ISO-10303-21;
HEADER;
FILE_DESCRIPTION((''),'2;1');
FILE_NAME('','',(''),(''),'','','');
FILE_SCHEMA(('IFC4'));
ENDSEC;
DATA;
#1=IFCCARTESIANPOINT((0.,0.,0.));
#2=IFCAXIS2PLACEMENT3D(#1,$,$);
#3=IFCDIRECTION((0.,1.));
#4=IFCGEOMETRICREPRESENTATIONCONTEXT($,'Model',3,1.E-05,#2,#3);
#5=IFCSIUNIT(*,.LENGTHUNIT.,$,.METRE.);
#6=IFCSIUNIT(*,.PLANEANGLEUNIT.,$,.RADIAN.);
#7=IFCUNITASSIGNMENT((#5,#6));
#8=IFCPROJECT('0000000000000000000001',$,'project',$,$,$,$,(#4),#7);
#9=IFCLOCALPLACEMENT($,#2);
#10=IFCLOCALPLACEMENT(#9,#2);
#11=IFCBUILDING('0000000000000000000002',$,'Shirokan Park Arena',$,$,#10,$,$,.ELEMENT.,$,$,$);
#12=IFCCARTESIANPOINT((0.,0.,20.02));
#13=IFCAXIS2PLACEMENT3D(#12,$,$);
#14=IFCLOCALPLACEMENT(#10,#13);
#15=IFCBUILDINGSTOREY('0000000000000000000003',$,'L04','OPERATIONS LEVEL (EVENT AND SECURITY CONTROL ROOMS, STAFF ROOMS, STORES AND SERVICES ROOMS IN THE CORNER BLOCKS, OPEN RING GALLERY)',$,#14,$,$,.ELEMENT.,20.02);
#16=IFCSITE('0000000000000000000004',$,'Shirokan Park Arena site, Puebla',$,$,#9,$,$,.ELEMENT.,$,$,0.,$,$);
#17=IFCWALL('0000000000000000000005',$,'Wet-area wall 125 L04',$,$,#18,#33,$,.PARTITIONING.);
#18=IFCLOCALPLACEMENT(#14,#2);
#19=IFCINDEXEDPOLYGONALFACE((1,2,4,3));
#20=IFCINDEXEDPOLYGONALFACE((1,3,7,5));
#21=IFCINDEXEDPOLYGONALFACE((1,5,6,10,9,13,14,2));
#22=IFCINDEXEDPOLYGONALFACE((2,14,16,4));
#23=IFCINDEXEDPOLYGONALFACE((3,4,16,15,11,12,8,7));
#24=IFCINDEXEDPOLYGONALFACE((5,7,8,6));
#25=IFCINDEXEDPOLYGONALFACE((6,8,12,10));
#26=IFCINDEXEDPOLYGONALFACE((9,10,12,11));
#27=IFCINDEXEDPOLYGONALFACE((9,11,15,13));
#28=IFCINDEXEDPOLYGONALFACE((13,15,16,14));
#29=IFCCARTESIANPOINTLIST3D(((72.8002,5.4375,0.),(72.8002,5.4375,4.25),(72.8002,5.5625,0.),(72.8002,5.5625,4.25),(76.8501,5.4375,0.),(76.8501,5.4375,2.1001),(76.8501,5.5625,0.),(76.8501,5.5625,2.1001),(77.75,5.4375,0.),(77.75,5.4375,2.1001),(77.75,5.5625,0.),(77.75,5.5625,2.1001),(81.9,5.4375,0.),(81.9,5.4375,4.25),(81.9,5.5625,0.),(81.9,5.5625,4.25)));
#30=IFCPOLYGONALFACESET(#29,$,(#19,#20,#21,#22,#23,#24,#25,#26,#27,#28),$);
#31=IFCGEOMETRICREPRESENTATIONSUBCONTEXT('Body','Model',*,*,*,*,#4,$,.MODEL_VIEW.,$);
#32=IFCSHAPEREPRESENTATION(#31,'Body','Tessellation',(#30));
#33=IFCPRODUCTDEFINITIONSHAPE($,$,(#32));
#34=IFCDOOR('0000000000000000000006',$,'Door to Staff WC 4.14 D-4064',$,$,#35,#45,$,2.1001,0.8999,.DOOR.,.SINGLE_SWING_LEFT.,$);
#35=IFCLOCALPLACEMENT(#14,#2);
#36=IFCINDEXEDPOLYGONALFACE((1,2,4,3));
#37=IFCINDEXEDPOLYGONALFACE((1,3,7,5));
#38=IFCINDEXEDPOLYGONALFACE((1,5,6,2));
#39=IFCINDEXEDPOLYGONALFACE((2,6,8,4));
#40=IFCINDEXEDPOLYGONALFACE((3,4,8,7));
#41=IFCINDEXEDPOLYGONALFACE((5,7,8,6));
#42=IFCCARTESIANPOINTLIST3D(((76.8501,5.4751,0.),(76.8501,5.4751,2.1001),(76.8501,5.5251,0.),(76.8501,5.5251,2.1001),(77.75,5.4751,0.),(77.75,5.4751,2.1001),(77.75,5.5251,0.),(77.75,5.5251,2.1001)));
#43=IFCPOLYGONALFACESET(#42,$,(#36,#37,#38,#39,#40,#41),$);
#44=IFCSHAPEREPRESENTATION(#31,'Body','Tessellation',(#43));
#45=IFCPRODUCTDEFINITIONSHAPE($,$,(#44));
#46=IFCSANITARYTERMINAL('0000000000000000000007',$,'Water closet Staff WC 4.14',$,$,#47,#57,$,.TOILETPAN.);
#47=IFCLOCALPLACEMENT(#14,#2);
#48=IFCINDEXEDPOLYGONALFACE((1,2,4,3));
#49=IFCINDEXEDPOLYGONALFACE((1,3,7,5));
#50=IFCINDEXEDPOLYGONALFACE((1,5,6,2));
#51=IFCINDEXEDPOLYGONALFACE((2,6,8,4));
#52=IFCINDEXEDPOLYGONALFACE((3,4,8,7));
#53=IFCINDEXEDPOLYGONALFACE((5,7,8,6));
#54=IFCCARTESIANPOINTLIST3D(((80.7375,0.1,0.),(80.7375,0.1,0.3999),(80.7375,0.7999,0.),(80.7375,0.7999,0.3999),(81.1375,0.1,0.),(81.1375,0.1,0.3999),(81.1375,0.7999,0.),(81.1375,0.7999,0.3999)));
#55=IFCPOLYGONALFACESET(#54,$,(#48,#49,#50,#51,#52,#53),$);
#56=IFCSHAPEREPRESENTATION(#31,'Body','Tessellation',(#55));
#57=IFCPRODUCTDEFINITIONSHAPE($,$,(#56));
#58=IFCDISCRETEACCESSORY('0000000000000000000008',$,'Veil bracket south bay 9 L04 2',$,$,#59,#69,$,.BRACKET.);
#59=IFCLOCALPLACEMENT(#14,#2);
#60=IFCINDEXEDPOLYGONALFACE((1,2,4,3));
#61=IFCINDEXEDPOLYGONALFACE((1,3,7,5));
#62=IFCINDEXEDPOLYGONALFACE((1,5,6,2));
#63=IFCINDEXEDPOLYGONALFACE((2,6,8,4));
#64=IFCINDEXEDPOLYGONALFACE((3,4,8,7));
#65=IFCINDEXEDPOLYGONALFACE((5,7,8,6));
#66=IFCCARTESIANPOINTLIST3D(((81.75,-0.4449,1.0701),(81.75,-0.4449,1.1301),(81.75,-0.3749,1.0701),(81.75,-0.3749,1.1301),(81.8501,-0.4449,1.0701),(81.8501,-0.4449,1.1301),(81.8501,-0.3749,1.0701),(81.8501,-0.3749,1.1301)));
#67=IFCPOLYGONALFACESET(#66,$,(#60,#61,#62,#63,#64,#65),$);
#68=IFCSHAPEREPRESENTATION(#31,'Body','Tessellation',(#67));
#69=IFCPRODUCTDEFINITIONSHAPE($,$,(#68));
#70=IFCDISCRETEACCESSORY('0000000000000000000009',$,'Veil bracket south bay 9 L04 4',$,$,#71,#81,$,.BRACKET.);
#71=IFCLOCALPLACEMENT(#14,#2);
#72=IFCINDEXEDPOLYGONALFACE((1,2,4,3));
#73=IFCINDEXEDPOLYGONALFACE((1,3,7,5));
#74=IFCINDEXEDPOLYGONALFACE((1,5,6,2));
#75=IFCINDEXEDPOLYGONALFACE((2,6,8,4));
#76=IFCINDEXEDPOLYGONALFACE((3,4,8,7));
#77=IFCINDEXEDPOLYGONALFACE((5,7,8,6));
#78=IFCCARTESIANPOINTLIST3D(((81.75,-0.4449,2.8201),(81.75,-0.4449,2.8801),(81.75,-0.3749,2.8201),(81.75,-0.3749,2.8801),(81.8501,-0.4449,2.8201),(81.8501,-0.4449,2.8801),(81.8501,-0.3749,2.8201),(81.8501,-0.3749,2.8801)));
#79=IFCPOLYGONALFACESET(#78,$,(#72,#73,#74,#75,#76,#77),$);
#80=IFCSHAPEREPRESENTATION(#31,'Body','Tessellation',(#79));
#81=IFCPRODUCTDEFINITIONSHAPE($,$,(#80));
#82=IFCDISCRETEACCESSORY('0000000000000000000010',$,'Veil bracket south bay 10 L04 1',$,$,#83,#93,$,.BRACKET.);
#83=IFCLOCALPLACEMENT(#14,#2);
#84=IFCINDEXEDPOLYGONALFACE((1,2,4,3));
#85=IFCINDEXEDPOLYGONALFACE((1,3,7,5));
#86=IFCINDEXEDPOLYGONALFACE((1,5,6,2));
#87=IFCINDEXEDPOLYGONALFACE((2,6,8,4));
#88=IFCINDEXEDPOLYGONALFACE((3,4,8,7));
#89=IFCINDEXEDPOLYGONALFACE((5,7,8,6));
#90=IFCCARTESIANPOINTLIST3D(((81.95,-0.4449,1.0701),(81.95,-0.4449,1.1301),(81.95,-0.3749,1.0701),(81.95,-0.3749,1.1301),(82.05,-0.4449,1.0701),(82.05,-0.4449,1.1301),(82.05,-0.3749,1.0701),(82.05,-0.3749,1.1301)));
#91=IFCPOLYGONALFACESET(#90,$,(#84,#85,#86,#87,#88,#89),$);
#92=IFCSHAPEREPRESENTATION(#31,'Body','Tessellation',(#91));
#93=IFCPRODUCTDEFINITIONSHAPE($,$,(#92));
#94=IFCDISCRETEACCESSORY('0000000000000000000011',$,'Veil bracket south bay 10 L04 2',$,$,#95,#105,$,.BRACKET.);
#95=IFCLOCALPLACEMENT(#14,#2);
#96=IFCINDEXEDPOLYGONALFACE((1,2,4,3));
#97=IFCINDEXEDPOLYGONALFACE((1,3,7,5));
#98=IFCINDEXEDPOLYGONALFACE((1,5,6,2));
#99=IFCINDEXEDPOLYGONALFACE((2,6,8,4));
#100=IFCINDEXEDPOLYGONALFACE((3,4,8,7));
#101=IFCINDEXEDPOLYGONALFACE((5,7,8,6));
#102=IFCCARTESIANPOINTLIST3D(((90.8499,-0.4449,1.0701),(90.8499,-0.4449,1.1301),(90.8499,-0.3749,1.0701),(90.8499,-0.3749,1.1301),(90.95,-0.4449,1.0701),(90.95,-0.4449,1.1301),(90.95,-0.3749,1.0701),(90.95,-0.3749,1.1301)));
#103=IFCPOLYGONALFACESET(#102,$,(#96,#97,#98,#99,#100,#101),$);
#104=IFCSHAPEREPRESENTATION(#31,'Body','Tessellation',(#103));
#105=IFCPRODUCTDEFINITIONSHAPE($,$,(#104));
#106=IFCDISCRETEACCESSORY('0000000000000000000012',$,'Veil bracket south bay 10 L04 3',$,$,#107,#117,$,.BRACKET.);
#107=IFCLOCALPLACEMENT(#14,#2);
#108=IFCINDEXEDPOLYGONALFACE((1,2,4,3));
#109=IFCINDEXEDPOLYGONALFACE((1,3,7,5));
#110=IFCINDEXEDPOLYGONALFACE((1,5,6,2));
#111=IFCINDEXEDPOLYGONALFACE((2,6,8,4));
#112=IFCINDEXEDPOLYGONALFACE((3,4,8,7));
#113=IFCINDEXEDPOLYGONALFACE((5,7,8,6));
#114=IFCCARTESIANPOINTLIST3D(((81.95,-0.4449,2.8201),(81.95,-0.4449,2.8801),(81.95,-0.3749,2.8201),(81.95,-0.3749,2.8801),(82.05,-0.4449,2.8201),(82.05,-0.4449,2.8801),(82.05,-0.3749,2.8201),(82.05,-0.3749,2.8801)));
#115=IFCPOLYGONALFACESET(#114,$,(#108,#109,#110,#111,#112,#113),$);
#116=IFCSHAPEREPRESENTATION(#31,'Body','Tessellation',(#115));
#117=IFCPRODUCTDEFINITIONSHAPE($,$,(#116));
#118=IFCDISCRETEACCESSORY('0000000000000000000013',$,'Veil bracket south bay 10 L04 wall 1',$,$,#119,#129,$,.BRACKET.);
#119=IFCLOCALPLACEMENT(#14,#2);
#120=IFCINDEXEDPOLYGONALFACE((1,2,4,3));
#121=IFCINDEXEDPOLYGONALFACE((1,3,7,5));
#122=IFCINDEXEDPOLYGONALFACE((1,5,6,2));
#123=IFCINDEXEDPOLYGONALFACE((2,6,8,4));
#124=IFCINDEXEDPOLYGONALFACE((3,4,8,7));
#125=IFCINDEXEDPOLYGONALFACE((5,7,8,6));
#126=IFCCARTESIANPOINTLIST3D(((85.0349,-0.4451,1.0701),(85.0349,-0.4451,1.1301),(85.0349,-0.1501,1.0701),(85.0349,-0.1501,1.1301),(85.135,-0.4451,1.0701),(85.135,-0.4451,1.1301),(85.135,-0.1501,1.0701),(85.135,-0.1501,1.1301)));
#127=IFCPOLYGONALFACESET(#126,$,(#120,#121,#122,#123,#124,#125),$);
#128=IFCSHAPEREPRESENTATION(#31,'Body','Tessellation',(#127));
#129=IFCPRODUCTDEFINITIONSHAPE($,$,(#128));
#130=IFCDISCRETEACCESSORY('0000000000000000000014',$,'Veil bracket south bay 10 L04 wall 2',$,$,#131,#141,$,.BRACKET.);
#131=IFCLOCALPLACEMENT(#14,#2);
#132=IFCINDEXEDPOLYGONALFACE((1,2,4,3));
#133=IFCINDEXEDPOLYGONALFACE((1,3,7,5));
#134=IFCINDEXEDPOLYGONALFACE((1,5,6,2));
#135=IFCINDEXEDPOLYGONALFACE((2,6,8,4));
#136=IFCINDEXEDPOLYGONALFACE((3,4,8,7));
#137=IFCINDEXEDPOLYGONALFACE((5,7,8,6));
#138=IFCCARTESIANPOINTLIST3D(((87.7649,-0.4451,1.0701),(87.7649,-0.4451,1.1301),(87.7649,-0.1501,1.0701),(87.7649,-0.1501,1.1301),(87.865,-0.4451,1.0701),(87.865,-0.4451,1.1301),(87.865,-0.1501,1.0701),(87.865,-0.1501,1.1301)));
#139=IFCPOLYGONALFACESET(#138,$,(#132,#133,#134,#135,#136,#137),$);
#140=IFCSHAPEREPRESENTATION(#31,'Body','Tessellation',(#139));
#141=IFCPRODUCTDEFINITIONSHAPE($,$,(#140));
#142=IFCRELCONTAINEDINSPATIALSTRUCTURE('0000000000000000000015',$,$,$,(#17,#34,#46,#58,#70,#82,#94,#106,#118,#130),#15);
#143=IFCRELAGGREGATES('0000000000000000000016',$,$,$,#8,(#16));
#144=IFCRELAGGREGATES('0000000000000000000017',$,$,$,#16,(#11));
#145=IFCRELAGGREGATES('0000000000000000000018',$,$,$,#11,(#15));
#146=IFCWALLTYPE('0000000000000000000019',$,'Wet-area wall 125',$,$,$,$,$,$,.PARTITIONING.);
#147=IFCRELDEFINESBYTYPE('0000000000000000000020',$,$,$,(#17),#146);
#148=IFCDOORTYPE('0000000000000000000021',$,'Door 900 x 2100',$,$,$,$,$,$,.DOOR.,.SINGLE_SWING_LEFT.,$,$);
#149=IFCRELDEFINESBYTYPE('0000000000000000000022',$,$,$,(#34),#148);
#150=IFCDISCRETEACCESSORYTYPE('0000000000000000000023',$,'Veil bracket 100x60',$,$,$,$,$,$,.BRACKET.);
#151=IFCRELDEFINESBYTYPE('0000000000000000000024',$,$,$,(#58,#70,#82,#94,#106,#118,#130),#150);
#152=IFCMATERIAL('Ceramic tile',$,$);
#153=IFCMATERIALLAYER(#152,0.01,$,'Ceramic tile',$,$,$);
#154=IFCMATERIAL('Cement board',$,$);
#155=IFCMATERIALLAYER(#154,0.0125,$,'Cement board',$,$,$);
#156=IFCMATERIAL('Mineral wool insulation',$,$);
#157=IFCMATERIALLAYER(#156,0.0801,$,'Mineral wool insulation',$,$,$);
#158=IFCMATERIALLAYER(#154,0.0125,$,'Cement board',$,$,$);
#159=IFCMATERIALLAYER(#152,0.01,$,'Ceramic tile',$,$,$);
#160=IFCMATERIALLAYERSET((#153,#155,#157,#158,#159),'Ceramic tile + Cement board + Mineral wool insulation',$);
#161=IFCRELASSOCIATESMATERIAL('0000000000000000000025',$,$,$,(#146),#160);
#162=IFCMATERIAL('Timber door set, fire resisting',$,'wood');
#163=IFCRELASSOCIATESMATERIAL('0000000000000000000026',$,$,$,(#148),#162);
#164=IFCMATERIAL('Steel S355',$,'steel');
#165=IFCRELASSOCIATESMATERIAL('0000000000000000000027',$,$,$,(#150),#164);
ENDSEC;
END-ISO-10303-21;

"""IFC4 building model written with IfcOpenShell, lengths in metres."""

from ifc_helpers import new_model, si_unit, direction, frame, frame_2d, origin, origin_2d, place, context, subcontext, project, spatial, rectangle, extrude, material, layer, layer_set, type_object, element, fill, save


model = new_model("IFC4")

# Units and contexts
model_context = context("Model", 3, precision=1e-05, world=origin(), true_north=direction((0.0, 1.0)))
body_context = subcontext(model_context, "Body", "Model", "MODEL_VIEW")
ifc_project = project(units=[si_unit("LENGTHUNIT", "METRE"), si_unit("PLANEANGLEUNIT", "RADIAN")], contexts=[model_context])

# Site, building, storey
site_placement = place(None, origin())
site = spatial("IfcSite", under=ifc_project, at=site_placement, Name="Shirokan Park Arena site, Puebla", CompositionType="ELEMENT", RefElevation=0.0)
building_placement = place(site_placement, origin())
building = spatial("IfcBuilding", under=site, at=building_placement, Name="Shirokan Park Arena", CompositionType="ELEMENT")
storey_placement = place(building_placement, frame((0.0, 0.0, 20.02)))
storey = spatial("IfcBuildingStorey", under=building, at=storey_placement, Name="L04", Description="OPERATIONS LEVEL (EVENT AND SECURITY CONTROL ROOMS, STAFF ROOMS, STORES AND SERVICES ROOMS IN THE CORNER BLOCKS, OPEN RING GALLERY)", CompositionType="ELEMENT", Elevation=20.02)

# Shared definitions
ifc_material_1 = material(Name="Steel S355", Category="steel")

# Shared definitions
ifc_material_2 = material(Name="Mineral wool insulation")

# Shared definitions
ifc_material_3 = material(Name="Ceramic tile")
ifc_layer_1 = layer(ifc_material_3, 0.01, Name="Ceramic tile")
ifc_material_4 = material(Name="Cement board")
ifc_layer_2 = layer(ifc_material_4, 0.0125, Name="Cement board")
ifc_layer_3 = layer(ifc_material_2, 0.0801, Name="Mineral wool insulation")
ifc_layer_4 = layer(ifc_material_4, 0.0125, Name="Cement board")
ifc_layer_5 = layer(ifc_material_3, 0.01, Name="Ceramic tile")
ifc_layer_set_1 = layer_set([ifc_layer_1, ifc_layer_2, ifc_layer_3, ifc_layer_4, ifc_layer_5], Name="Ceramic tile + Cement board + Mineral wool insulation")
wall_type_1 = type_object("IfcWallType", Name="Wet-area wall 125", PredefinedType="PARTITIONING", material=ifc_layer_set_1)

# Wall, opening, door
wall_1_placement = place(storey_placement, frame((81.8999, 5.5, 0.0), z_axis=(0.0, 0.0, 1.0), x_axis=(-1.0, 0.0, 0.0)))
wall_1 = element("IfcWall", 1, at=wall_1_placement, inside=storey, type_object=wall_type_1, Name="Wet-area wall 125 L04", PredefinedType="PARTITIONING", context=body_context, shape_type="SweptSolid", body=[
    extrude(rectangle(XDim=9.0999, YDim=0.125, at=frame_2d((4.5498, 0.0))), origin(), (0.0, 0.0, 1.0), 4.25),
])
opening_placement = place(wall_1_placement, frame((4.1499, 0.0, 0.0)))
opening = element("IfcOpeningElement", 2, at=opening_placement, cuts=wall_1, PredefinedType="OPENING", context=body_context, shape_type="SweptSolid", body=[
    extrude(rectangle(XDim=0.8999, YDim=2.1001, at=frame_2d((0.45, 1.05))), frame((0.0, 0.0725, 0.0), z_axis=(0.0, -1.0, 0.0), x_axis=(1.0, 0.0, 0.0)), (0.0, 0.0, 1.0), 0.145),
])
ifc_material_5 = material(Name="Timber door set, fire resisting", Category="wood")
door_type = type_object("IfcDoorType", Name="Door 900 x 2100", OperationType="SINGLE_SWING_LEFT", PredefinedType="DOOR", material=ifc_material_5)
door_placement = place(opening_placement, origin())
door = element("IfcDoor", 3, at=door_placement, inside=storey, type_object=door_type, Name="Door to Staff WC 4.14 D-4064", OperationType="SINGLE_SWING_LEFT", OverallHeight=2.1001, OverallWidth=0.8999, PredefinedType="DOOR", context=body_context, shape_type="SweptSolid", body=[
    extrude(rectangle(XDim=0.8999, YDim=2.1001, at=frame_2d((0.45, 1.05))), frame((0.0, 0.0249, 0.0), z_axis=(0.0, -1.0, 0.0), x_axis=(1.0, 0.0, 0.0)), (0.0, 0.0, 1.0), 0.05),
])
fill(opening, door)

# Sanitary terminal
sanitary_terminal_placement = place(storey_placement, frame((80.9375, 0.45, 0.0), z_axis=(0.0, 0.0, 1.0), x_axis=(1.0, 0.0, 0.0)))
element("IfcSanitaryTerminal", 4, at=sanitary_terminal_placement, inside=storey, Name="Water closet Staff WC 4.14", PredefinedType="TOILETPAN", context=body_context, shape_type="SweptSolid", body=[
    extrude(rectangle(XDim=0.3999, YDim=0.7, at=origin_2d()), origin(), (0.0, 0.0, 1.0), 0.3999),
])

# Discrete accessories
discrete_accessory_type = type_object("IfcDiscreteAccessoryType", Name="Veil bracket 100x60", PredefinedType="BRACKET", material=ifc_material_1)
for number, where, z_axis, x_axis, name in (
    (5, (81.8, -0.4099, 1.0701), (0.0, 0.0, 1.0), (1.0, 0.0, 0.0), "Veil bracket south bay 9 L04 2"),
    (6, (81.8, -0.4099, 2.8201), (0.0, 0.0, 1.0), (1.0, 0.0, 0.0), "Veil bracket south bay 9 L04 4"),
    (7, (82.0, -0.4099, 1.0701), (0.0, 0.0, 1.0), (1.0, 0.0, 0.0), "Veil bracket south bay 10 L04 1"),
    (8, (90.8999, -0.4099, 1.0701), (0.0, 0.0, 1.0), (1.0, 0.0, 0.0), "Veil bracket south bay 10 L04 2"),
    (9, (82.0, -0.4099, 2.8201), (0.0, 0.0, 1.0), (1.0, 0.0, 0.0), "Veil bracket south bay 10 L04 3"),
):
    element("IfcDiscreteAccessory", number, at=place(storey_placement, frame(where, z_axis=z_axis, x_axis=x_axis)), inside=storey, type_object=discrete_accessory_type, Name=name, PredefinedType="BRACKET", context=body_context, shape_type="SweptSolid", body=[
        extrude(rectangle(XDim=0.1001, YDim=0.0701, at=origin_2d()), origin(), (0.0, 0.0, 1.0), 0.0601),
    ])
for number, where, z_axis, x_axis, name in (
    (10, (85.085, -0.2976, 1.0701), (0.0, 0.0, 1.0), (1.0, 0.0, 0.0), "Veil bracket south bay 10 L04 wall 1"),
    (11, (87.8149, -0.2976, 1.0701), (0.0, 0.0, 1.0), (1.0, 0.0, 0.0), "Veil bracket south bay 10 L04 wall 2"),
):
    element("IfcDiscreteAccessory", number, at=place(storey_placement, frame(where, z_axis=z_axis, x_axis=x_axis)), inside=storey, type_object=discrete_accessory_type, Name=name, PredefinedType="BRACKET", context=body_context, shape_type="SweptSolid", body=[
        extrude(rectangle(XDim=0.1001, YDim=0.2949, at=origin_2d()), origin(), (0.0, 0.0, 1.0), 0.0601),
    ])

save(model, "model.ifc")
